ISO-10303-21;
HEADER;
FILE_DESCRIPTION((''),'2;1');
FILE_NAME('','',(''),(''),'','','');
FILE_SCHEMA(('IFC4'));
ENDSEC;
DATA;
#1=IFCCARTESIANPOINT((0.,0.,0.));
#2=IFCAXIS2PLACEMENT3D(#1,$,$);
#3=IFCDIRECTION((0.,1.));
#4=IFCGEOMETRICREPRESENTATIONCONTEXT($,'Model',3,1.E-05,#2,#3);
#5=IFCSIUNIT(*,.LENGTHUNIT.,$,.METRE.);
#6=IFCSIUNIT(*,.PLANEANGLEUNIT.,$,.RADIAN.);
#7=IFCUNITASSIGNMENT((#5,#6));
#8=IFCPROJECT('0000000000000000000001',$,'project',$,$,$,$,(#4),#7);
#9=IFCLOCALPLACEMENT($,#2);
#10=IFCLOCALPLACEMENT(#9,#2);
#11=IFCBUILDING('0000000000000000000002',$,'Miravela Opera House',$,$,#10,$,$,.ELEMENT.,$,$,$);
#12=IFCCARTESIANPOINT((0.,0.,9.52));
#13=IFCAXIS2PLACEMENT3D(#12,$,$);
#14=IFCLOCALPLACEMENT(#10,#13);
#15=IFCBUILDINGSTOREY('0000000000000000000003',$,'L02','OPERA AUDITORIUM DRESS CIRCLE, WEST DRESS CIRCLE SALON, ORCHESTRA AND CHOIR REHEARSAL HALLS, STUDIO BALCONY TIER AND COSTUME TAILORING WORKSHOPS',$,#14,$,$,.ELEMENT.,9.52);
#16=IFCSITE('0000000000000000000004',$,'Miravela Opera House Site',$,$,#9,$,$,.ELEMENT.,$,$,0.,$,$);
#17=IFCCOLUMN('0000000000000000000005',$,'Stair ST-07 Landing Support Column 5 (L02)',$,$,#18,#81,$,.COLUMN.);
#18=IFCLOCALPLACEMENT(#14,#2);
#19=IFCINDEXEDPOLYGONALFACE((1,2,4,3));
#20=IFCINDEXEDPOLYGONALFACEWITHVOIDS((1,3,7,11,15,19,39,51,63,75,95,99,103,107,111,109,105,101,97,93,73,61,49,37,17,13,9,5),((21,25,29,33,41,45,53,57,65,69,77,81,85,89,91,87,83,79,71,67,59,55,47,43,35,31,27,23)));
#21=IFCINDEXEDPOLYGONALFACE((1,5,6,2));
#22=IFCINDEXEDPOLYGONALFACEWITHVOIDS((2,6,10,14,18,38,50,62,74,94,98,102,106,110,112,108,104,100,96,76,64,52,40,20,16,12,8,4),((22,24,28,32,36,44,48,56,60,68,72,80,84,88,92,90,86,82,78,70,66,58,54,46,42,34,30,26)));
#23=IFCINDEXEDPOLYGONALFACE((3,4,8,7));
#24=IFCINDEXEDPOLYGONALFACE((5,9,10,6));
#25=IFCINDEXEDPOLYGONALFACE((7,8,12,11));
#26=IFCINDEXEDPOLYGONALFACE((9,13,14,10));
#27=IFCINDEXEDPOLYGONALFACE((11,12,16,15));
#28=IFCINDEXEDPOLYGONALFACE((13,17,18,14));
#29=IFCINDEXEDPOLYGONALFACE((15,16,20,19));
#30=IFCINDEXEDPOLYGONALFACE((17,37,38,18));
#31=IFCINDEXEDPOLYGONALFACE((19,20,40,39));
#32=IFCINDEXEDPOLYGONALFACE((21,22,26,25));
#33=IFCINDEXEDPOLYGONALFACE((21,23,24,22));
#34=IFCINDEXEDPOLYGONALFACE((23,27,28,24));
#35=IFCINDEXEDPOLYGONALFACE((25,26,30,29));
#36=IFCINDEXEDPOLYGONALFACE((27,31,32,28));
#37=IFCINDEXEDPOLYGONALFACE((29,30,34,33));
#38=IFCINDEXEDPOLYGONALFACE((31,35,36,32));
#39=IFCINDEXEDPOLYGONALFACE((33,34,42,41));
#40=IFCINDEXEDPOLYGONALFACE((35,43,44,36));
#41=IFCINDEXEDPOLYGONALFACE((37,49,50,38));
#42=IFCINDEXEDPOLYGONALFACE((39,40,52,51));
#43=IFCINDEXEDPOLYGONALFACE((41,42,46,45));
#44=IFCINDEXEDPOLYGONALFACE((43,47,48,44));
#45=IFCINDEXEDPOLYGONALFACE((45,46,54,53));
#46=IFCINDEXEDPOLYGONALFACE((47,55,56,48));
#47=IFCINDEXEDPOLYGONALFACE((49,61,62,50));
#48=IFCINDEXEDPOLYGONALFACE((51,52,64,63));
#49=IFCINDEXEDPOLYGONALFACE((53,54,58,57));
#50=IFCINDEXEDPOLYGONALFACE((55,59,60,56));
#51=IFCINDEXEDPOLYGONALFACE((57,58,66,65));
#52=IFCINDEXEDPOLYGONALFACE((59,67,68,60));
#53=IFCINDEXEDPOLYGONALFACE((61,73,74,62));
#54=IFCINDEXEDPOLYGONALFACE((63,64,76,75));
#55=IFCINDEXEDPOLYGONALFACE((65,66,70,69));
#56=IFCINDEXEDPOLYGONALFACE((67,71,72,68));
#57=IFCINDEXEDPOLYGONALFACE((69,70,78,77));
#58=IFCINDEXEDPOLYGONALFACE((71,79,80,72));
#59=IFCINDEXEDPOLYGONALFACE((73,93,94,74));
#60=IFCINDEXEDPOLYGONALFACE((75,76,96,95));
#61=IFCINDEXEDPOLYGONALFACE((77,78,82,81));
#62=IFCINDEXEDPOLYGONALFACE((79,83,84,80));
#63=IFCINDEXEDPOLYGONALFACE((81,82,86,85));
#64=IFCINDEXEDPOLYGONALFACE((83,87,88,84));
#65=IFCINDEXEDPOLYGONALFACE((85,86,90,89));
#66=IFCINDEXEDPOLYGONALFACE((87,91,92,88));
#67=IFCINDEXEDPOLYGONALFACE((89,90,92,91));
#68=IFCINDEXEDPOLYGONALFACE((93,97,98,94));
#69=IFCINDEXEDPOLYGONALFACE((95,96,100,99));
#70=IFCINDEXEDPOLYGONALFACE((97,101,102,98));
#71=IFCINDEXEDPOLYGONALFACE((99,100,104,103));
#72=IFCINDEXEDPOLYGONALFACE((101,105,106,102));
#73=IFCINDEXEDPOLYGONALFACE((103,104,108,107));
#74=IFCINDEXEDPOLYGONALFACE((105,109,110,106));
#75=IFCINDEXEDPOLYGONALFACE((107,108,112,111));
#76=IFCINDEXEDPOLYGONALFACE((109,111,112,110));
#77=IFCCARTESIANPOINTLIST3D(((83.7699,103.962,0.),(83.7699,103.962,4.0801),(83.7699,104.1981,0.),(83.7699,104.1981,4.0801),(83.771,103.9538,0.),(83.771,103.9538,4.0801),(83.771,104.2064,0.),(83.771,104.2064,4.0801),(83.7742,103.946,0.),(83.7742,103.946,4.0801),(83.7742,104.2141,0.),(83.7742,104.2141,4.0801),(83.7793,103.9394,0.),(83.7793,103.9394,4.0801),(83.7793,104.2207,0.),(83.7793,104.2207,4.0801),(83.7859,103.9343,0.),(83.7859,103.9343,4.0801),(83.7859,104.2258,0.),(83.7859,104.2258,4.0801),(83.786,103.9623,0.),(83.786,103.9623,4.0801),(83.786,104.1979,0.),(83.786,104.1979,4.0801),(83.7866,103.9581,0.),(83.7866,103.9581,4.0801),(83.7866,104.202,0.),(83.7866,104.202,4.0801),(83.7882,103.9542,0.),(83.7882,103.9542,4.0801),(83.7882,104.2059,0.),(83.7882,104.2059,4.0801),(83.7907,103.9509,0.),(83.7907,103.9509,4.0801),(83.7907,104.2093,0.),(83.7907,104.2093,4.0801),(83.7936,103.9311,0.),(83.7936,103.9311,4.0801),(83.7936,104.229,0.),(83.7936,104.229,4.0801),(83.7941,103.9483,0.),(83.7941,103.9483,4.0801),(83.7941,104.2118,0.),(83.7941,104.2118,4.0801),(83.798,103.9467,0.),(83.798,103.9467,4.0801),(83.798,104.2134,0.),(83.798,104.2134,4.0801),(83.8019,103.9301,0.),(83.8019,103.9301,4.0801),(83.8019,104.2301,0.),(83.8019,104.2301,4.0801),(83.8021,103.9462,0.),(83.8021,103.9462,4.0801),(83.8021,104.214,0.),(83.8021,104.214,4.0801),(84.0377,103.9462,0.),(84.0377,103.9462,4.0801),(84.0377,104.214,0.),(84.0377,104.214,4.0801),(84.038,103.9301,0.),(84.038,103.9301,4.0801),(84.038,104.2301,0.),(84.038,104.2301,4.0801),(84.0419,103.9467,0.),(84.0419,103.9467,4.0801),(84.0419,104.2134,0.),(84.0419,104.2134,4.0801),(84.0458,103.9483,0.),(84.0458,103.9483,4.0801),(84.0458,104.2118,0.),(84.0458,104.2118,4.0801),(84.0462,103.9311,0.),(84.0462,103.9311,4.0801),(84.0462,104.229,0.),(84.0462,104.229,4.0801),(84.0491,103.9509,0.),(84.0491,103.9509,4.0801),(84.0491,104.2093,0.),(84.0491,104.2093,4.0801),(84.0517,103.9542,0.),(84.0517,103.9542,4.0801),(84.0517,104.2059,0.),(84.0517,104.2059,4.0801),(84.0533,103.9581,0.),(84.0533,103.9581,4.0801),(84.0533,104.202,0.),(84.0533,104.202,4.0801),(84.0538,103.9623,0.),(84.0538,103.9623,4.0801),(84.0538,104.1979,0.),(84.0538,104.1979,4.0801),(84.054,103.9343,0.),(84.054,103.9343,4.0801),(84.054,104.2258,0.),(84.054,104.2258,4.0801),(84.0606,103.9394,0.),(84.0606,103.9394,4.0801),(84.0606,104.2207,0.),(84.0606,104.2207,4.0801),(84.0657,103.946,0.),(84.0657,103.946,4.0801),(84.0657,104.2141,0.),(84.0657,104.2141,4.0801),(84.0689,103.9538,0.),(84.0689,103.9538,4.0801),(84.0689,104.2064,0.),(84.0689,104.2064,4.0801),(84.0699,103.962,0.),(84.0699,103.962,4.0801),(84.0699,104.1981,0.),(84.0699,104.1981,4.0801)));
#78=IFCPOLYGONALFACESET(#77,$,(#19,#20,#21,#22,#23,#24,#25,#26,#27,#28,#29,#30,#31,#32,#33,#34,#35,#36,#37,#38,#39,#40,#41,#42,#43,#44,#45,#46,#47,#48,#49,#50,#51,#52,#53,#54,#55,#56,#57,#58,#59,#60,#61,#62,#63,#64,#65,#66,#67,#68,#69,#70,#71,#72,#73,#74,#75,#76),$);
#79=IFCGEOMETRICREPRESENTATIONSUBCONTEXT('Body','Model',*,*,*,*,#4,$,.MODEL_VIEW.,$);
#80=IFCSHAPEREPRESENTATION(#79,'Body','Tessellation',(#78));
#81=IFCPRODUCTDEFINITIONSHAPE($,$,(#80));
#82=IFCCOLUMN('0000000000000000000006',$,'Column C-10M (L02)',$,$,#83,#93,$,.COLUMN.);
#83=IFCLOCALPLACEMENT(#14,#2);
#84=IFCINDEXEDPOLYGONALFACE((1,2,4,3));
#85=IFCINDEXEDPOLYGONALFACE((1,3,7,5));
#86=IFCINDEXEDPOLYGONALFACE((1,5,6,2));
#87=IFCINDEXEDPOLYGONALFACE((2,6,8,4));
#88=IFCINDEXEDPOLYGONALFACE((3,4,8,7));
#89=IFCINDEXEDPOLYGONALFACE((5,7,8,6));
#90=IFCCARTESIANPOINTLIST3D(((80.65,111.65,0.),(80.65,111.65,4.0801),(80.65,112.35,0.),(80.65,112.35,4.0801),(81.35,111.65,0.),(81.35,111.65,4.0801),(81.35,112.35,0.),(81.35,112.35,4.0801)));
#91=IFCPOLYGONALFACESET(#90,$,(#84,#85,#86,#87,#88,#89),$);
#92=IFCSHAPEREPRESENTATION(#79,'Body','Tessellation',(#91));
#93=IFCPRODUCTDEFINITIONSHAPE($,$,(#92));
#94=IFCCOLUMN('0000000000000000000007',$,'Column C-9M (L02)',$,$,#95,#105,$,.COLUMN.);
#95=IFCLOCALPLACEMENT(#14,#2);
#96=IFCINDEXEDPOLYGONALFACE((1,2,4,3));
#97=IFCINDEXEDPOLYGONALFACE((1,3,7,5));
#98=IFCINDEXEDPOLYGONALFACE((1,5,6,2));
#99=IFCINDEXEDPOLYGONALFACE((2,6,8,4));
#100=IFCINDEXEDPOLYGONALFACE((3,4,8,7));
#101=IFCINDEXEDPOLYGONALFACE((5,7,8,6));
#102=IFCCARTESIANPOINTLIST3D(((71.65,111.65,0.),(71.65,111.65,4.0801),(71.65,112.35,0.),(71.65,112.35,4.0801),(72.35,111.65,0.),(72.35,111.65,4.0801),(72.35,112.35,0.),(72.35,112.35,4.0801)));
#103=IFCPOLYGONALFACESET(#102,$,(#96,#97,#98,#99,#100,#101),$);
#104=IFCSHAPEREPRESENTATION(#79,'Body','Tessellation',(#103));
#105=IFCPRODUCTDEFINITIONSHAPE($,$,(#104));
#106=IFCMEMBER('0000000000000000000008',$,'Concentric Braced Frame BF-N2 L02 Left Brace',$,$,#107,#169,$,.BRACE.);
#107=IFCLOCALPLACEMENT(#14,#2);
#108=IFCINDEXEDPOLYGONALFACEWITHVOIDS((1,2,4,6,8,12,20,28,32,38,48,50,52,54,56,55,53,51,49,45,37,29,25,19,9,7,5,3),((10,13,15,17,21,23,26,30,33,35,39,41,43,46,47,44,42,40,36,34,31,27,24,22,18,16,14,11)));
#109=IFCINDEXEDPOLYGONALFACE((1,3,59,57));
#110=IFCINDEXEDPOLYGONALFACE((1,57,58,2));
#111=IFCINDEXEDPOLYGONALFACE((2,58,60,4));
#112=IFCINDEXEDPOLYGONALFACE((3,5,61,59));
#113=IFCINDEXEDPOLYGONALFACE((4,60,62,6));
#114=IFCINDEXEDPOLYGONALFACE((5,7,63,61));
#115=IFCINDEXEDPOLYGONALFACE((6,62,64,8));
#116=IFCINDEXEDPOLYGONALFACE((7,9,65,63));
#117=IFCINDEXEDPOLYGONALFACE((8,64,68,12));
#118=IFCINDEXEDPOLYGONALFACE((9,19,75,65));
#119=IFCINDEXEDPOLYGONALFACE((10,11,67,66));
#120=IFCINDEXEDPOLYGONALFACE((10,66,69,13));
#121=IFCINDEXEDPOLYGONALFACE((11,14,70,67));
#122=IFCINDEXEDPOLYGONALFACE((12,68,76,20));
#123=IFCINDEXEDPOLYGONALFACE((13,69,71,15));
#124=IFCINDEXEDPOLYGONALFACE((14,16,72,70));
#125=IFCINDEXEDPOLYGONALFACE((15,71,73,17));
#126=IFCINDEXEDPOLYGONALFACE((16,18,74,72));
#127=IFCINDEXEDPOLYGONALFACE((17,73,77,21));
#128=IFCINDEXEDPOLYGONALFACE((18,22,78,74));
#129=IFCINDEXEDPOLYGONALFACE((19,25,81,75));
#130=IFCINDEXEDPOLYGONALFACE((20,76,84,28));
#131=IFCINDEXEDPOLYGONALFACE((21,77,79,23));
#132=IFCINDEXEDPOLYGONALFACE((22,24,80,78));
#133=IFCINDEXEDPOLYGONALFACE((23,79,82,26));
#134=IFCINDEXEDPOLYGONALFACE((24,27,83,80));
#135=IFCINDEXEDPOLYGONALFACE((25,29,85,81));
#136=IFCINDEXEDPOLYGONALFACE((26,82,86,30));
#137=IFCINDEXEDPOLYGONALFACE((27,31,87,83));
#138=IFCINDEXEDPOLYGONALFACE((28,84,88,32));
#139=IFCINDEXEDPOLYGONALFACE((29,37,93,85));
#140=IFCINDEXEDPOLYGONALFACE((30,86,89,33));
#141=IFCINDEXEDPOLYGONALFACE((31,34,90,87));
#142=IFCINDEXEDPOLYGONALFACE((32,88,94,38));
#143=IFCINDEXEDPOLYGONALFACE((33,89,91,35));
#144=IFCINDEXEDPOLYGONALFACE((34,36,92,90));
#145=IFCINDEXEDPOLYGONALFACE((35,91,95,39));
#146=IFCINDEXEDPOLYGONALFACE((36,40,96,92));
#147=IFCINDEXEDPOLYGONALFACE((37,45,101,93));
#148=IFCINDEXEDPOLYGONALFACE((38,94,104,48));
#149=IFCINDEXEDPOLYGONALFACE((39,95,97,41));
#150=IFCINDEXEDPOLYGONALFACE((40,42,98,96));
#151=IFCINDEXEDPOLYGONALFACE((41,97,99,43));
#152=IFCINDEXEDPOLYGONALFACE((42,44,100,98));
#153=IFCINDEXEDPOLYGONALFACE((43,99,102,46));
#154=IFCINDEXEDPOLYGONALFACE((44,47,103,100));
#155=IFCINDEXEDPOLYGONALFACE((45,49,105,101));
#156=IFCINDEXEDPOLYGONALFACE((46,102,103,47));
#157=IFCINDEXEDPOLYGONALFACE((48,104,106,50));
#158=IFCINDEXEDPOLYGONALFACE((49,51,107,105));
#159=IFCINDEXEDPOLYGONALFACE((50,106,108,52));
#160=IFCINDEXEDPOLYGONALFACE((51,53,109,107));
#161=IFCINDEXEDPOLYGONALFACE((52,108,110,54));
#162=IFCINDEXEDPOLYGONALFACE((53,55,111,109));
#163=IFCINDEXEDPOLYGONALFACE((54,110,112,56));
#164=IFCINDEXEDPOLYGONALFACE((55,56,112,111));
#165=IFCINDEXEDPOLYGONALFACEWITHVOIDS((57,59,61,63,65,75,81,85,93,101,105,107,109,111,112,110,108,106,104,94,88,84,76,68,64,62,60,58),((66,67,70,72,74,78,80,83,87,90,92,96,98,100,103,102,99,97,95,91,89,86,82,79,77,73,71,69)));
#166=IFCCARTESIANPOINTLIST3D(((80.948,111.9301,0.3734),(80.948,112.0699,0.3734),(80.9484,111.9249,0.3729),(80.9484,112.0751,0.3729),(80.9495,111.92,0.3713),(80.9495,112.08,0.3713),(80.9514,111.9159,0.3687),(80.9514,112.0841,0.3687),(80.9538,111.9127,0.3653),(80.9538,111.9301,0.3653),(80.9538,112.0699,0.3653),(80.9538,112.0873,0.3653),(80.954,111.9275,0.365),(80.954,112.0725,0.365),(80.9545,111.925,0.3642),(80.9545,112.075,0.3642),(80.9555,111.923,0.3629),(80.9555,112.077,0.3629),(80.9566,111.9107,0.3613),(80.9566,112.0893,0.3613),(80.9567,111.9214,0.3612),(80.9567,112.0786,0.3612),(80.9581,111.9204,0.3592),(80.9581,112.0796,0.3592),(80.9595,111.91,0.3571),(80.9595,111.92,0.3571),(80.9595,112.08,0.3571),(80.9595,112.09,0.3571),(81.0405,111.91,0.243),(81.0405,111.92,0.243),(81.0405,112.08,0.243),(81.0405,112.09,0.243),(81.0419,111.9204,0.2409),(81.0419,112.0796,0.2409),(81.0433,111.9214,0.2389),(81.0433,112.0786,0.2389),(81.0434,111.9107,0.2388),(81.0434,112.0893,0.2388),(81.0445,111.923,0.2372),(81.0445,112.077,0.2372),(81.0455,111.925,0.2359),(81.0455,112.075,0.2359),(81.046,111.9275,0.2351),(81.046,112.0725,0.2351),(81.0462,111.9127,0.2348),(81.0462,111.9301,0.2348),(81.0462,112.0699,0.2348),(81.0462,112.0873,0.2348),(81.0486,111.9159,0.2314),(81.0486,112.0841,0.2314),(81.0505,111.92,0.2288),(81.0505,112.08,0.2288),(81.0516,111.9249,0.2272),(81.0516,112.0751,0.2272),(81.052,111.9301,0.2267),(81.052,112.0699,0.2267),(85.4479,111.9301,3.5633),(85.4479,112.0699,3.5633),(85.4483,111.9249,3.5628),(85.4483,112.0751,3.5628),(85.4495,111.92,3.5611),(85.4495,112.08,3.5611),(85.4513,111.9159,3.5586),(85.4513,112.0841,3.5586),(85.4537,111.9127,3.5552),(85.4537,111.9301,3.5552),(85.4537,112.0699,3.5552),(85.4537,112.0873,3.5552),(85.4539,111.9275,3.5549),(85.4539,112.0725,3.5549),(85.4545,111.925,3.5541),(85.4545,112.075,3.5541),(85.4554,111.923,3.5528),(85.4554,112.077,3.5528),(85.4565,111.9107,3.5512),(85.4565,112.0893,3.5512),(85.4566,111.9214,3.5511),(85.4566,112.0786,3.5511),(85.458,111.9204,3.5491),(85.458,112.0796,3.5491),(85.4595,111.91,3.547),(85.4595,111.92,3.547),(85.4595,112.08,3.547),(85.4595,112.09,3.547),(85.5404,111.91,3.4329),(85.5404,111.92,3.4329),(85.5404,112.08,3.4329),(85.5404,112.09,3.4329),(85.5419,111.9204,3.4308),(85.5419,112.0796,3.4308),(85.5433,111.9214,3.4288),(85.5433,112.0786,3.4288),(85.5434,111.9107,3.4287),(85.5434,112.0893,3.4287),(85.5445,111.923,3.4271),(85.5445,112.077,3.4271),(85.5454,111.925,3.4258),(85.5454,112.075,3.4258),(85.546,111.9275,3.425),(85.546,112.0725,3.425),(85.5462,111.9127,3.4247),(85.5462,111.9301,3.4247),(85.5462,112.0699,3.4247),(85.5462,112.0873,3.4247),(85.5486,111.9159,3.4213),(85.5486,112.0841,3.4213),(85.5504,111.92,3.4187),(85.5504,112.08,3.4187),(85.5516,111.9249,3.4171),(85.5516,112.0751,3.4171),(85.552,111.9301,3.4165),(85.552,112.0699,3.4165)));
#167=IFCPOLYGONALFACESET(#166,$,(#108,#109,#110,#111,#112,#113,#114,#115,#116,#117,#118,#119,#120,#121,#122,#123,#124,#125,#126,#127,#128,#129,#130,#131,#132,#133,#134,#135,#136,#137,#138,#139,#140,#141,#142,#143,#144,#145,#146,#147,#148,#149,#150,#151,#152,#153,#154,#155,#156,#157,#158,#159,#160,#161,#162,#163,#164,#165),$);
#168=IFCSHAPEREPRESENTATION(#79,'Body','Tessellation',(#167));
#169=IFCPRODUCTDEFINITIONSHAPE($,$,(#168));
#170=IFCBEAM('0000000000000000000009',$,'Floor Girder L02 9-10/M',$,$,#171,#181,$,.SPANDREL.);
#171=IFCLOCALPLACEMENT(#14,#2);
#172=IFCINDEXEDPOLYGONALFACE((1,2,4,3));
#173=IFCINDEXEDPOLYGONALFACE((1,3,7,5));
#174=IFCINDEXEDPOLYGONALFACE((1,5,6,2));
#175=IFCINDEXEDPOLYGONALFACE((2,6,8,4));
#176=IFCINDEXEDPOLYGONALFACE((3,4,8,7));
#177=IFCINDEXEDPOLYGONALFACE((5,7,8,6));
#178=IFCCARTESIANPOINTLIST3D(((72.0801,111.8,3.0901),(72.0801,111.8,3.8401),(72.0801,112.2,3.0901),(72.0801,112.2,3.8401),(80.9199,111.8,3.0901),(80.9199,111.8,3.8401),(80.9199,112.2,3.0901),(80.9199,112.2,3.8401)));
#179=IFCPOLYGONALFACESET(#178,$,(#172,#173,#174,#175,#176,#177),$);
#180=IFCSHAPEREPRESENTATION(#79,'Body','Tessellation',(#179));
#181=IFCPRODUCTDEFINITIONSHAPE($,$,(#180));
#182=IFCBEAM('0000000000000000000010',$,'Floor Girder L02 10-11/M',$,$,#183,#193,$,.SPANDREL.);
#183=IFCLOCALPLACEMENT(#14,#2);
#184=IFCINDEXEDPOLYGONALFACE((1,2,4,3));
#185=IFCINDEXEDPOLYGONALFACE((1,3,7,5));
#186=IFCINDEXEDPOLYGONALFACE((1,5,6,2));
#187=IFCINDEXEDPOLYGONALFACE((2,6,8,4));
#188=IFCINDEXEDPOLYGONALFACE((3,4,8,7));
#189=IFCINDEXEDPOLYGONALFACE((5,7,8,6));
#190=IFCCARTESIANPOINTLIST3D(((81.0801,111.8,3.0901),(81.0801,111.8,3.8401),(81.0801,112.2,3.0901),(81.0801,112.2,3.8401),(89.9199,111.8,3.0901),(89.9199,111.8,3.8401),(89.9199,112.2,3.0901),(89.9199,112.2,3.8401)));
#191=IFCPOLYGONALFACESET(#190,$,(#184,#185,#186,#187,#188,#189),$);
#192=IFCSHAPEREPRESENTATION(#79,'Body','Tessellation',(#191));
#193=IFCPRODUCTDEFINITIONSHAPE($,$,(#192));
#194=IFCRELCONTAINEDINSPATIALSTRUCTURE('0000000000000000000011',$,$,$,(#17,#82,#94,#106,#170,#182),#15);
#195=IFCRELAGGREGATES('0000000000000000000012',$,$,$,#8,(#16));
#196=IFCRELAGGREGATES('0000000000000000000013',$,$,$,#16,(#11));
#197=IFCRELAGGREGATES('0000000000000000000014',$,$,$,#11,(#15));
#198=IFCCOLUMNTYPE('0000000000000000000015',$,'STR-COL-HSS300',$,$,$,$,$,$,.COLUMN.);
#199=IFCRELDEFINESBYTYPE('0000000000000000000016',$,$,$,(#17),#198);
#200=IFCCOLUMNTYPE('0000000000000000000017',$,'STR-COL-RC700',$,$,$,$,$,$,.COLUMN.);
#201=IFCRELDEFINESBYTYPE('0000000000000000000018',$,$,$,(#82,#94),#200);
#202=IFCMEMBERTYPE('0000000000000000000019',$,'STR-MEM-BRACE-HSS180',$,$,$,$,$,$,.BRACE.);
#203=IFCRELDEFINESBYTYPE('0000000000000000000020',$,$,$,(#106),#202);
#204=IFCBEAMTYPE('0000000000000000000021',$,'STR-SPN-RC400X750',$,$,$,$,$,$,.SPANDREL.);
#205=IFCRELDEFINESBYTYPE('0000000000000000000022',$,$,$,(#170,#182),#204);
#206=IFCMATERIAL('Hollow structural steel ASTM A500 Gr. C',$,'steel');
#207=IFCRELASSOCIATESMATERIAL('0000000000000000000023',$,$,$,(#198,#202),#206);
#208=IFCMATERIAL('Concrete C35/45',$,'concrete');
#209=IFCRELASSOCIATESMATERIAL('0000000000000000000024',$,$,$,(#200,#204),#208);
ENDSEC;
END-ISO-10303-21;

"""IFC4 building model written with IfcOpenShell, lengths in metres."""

from ifc_helpers import new_model, si_unit, direction, frame, origin, origin_2d, place, context, subcontext, project, spatial, rectangle, hollow_rectangle, extrude, material, material_profile, profile_set, type_object, element, save


model = new_model("IFC4")

# Units and contexts
model_context = context("Model", 3, precision=1e-05, world=origin(), true_north=direction((0.0, 1.0)))
body_context = subcontext(model_context, "Body", "Model", "MODEL_VIEW")
ifc_project = project(units=[si_unit("LENGTHUNIT", "METRE"), si_unit("PLANEANGLEUNIT", "RADIAN")], contexts=[model_context])

# Site, building, storey
site_placement = place(None, origin())
site = spatial("IfcSite", under=ifc_project, at=site_placement, Name="Miravela Opera House Site", CompositionType="ELEMENT", RefElevation=0.0)
building_placement = place(site_placement, origin())
building = spatial("IfcBuilding", under=site, at=building_placement, Name="Miravela Opera House", CompositionType="ELEMENT")
storey_placement = place(building_placement, frame((0.0, 0.0, 9.52)))
storey = spatial("IfcBuildingStorey", under=building, at=storey_placement, Name="L02", Description="OPERA AUDITORIUM DRESS CIRCLE, WEST DRESS CIRCLE SALON, ORCHESTRA AND CHOIR REHEARSAL HALLS, STUDIO BALCONY TIER AND COSTUME TAILORING WORKSHOPS", CompositionType="ELEMENT", Elevation=9.52)

# Columns
ifc_material_1 = material(Name="Hollow structural steel ASTM A500 Gr. C", Category="steel")
ifc_material_profile_1 = material_profile(ifc_material_1, hollow_rectangle(XDim=0.3, YDim=0.3, WallThickness=0.0161, InnerFilletRadius=0.0161, OuterFilletRadius=0.032, at=origin_2d()), Name="HSS300X300X16")
ifc_profile_set_1 = profile_set([ifc_material_profile_1])
column_type_1 = type_object("IfcColumnType", Name="STR-COL-HSS300", PredefinedType="COLUMN", material=ifc_profile_set_1)
for number, where, z_axis, x_axis, name in (
    (1, (83.9199, 104.0801, 0.0), (0.0, 0.0, 1.0), (1.0, 0.0, 0.0), "Stair ST-07 Landing Support Column 5 (L02)"),
):
    element("IfcColumn", number, at=place(storey_placement, frame(where, z_axis=z_axis, x_axis=x_axis)), inside=storey, type_object=column_type_1, Name=name, PredefinedType="COLUMN", context=body_context, shape_type="SweptSolid", body=[
        extrude(hollow_rectangle(XDim=0.3, YDim=0.3, WallThickness=0.0161, InnerFilletRadius=0.0161, OuterFilletRadius=0.032, at=origin_2d()), origin(), (0.0, 0.0, 1.0), 4.0801),
    ])
ifc_material_2 = material(Name="Concrete C35/45", Category="concrete")
ifc_material_profile_2 = material_profile(ifc_material_2, rectangle(XDim=0.7, YDim=0.7, at=origin_2d()), Name="RC-COL-700X700")
ifc_profile_set_2 = profile_set([ifc_material_profile_2])
column_type_2 = type_object("IfcColumnType", Name="STR-COL-RC700", PredefinedType="COLUMN", material=ifc_profile_set_2)
for number, where, z_axis, x_axis, name in (
    (2, (81.0, 112.0, 0.0), (0.0, 0.0, 1.0), (1.0, 0.0, 0.0), "Column C-10M (L02)"),
    (3, (72.0, 112.0, 0.0), (0.0, 0.0, 1.0), (1.0, 0.0, 0.0), "Column C-9M (L02)"),
):
    element("IfcColumn", number, at=place(storey_placement, frame(where, z_axis=z_axis, x_axis=x_axis)), inside=storey, type_object=column_type_2, Name=name, PredefinedType="COLUMN", context=body_context, shape_type="SweptSolid", body=[
        extrude(rectangle(XDim=0.7, YDim=0.7, at=origin_2d()), origin(), (0.0, 0.0, 1.0), 4.0801),
    ])

# Member
ifc_material_profile_3 = material_profile(ifc_material_1, hollow_rectangle(XDim=0.1799, YDim=0.1799, WallThickness=0.01, InnerFilletRadius=0.01, OuterFilletRadius=0.02, at=origin_2d()), Name="HSS180X180X10")
ifc_profile_set_3 = profile_set([ifc_material_profile_3])
member_type = type_object("IfcMemberType", Name="STR-MEM-BRACE-HSS180", PredefinedType="BRACE", material=ifc_profile_set_3)
member_placement = place(storey_placement, frame((81.0, 112.0, 0.3), z_axis=(0.815816, 0.0, 0.578312), x_axis=(0.0, 1.0, 0.0)))
element("IfcMember", 4, at=member_placement, inside=storey, type_object=member_type, Name="Concentric Braced Frame BF-N2 L02 Left Brace", PredefinedType="BRACE", context=body_context, shape_type="SweptSolid", body=[
    extrude(hollow_rectangle(XDim=0.1799, YDim=0.1799, WallThickness=0.01, InnerFilletRadius=0.01, OuterFilletRadius=0.02, at=origin_2d()), origin(), (0.0, 0.0, 1.0), 5.5159),
])

# Beams
ifc_material_profile_4 = material_profile(ifc_material_2, rectangle(XDim=0.3999, YDim=0.75, at=origin_2d()), Name="RC-SPN-400X750")
ifc_profile_set_4 = profile_set([ifc_material_profile_4])
beam_type = type_object("IfcBeamType", Name="STR-SPN-RC400X750", PredefinedType="SPANDREL", material=ifc_profile_set_4)
for number, where, z_axis, x_axis, name in (
    (5, (72.0801, 112.0, 3.4651), (1.0, 0.0, 0.0), (0.0, 1.0, 0.0), "Floor Girder L02 9-10/M"),
    (6, (81.0801, 112.0, 3.4651), (1.0, 0.0, 0.0), (0.0, 1.0, 0.0), "Floor Girder L02 10-11/M"),
):
    element("IfcBeam", number, at=place(storey_placement, frame(where, z_axis=z_axis, x_axis=x_axis)), inside=storey, type_object=beam_type, Name=name, PredefinedType="SPANDREL", context=body_context, shape_type="SweptSolid", body=[
        extrude(rectangle(XDim=0.3999, YDim=0.75, at=origin_2d()), origin(), (0.0, 0.0, 1.0), 8.8398),
    ])

save(model, "model.ifc")
